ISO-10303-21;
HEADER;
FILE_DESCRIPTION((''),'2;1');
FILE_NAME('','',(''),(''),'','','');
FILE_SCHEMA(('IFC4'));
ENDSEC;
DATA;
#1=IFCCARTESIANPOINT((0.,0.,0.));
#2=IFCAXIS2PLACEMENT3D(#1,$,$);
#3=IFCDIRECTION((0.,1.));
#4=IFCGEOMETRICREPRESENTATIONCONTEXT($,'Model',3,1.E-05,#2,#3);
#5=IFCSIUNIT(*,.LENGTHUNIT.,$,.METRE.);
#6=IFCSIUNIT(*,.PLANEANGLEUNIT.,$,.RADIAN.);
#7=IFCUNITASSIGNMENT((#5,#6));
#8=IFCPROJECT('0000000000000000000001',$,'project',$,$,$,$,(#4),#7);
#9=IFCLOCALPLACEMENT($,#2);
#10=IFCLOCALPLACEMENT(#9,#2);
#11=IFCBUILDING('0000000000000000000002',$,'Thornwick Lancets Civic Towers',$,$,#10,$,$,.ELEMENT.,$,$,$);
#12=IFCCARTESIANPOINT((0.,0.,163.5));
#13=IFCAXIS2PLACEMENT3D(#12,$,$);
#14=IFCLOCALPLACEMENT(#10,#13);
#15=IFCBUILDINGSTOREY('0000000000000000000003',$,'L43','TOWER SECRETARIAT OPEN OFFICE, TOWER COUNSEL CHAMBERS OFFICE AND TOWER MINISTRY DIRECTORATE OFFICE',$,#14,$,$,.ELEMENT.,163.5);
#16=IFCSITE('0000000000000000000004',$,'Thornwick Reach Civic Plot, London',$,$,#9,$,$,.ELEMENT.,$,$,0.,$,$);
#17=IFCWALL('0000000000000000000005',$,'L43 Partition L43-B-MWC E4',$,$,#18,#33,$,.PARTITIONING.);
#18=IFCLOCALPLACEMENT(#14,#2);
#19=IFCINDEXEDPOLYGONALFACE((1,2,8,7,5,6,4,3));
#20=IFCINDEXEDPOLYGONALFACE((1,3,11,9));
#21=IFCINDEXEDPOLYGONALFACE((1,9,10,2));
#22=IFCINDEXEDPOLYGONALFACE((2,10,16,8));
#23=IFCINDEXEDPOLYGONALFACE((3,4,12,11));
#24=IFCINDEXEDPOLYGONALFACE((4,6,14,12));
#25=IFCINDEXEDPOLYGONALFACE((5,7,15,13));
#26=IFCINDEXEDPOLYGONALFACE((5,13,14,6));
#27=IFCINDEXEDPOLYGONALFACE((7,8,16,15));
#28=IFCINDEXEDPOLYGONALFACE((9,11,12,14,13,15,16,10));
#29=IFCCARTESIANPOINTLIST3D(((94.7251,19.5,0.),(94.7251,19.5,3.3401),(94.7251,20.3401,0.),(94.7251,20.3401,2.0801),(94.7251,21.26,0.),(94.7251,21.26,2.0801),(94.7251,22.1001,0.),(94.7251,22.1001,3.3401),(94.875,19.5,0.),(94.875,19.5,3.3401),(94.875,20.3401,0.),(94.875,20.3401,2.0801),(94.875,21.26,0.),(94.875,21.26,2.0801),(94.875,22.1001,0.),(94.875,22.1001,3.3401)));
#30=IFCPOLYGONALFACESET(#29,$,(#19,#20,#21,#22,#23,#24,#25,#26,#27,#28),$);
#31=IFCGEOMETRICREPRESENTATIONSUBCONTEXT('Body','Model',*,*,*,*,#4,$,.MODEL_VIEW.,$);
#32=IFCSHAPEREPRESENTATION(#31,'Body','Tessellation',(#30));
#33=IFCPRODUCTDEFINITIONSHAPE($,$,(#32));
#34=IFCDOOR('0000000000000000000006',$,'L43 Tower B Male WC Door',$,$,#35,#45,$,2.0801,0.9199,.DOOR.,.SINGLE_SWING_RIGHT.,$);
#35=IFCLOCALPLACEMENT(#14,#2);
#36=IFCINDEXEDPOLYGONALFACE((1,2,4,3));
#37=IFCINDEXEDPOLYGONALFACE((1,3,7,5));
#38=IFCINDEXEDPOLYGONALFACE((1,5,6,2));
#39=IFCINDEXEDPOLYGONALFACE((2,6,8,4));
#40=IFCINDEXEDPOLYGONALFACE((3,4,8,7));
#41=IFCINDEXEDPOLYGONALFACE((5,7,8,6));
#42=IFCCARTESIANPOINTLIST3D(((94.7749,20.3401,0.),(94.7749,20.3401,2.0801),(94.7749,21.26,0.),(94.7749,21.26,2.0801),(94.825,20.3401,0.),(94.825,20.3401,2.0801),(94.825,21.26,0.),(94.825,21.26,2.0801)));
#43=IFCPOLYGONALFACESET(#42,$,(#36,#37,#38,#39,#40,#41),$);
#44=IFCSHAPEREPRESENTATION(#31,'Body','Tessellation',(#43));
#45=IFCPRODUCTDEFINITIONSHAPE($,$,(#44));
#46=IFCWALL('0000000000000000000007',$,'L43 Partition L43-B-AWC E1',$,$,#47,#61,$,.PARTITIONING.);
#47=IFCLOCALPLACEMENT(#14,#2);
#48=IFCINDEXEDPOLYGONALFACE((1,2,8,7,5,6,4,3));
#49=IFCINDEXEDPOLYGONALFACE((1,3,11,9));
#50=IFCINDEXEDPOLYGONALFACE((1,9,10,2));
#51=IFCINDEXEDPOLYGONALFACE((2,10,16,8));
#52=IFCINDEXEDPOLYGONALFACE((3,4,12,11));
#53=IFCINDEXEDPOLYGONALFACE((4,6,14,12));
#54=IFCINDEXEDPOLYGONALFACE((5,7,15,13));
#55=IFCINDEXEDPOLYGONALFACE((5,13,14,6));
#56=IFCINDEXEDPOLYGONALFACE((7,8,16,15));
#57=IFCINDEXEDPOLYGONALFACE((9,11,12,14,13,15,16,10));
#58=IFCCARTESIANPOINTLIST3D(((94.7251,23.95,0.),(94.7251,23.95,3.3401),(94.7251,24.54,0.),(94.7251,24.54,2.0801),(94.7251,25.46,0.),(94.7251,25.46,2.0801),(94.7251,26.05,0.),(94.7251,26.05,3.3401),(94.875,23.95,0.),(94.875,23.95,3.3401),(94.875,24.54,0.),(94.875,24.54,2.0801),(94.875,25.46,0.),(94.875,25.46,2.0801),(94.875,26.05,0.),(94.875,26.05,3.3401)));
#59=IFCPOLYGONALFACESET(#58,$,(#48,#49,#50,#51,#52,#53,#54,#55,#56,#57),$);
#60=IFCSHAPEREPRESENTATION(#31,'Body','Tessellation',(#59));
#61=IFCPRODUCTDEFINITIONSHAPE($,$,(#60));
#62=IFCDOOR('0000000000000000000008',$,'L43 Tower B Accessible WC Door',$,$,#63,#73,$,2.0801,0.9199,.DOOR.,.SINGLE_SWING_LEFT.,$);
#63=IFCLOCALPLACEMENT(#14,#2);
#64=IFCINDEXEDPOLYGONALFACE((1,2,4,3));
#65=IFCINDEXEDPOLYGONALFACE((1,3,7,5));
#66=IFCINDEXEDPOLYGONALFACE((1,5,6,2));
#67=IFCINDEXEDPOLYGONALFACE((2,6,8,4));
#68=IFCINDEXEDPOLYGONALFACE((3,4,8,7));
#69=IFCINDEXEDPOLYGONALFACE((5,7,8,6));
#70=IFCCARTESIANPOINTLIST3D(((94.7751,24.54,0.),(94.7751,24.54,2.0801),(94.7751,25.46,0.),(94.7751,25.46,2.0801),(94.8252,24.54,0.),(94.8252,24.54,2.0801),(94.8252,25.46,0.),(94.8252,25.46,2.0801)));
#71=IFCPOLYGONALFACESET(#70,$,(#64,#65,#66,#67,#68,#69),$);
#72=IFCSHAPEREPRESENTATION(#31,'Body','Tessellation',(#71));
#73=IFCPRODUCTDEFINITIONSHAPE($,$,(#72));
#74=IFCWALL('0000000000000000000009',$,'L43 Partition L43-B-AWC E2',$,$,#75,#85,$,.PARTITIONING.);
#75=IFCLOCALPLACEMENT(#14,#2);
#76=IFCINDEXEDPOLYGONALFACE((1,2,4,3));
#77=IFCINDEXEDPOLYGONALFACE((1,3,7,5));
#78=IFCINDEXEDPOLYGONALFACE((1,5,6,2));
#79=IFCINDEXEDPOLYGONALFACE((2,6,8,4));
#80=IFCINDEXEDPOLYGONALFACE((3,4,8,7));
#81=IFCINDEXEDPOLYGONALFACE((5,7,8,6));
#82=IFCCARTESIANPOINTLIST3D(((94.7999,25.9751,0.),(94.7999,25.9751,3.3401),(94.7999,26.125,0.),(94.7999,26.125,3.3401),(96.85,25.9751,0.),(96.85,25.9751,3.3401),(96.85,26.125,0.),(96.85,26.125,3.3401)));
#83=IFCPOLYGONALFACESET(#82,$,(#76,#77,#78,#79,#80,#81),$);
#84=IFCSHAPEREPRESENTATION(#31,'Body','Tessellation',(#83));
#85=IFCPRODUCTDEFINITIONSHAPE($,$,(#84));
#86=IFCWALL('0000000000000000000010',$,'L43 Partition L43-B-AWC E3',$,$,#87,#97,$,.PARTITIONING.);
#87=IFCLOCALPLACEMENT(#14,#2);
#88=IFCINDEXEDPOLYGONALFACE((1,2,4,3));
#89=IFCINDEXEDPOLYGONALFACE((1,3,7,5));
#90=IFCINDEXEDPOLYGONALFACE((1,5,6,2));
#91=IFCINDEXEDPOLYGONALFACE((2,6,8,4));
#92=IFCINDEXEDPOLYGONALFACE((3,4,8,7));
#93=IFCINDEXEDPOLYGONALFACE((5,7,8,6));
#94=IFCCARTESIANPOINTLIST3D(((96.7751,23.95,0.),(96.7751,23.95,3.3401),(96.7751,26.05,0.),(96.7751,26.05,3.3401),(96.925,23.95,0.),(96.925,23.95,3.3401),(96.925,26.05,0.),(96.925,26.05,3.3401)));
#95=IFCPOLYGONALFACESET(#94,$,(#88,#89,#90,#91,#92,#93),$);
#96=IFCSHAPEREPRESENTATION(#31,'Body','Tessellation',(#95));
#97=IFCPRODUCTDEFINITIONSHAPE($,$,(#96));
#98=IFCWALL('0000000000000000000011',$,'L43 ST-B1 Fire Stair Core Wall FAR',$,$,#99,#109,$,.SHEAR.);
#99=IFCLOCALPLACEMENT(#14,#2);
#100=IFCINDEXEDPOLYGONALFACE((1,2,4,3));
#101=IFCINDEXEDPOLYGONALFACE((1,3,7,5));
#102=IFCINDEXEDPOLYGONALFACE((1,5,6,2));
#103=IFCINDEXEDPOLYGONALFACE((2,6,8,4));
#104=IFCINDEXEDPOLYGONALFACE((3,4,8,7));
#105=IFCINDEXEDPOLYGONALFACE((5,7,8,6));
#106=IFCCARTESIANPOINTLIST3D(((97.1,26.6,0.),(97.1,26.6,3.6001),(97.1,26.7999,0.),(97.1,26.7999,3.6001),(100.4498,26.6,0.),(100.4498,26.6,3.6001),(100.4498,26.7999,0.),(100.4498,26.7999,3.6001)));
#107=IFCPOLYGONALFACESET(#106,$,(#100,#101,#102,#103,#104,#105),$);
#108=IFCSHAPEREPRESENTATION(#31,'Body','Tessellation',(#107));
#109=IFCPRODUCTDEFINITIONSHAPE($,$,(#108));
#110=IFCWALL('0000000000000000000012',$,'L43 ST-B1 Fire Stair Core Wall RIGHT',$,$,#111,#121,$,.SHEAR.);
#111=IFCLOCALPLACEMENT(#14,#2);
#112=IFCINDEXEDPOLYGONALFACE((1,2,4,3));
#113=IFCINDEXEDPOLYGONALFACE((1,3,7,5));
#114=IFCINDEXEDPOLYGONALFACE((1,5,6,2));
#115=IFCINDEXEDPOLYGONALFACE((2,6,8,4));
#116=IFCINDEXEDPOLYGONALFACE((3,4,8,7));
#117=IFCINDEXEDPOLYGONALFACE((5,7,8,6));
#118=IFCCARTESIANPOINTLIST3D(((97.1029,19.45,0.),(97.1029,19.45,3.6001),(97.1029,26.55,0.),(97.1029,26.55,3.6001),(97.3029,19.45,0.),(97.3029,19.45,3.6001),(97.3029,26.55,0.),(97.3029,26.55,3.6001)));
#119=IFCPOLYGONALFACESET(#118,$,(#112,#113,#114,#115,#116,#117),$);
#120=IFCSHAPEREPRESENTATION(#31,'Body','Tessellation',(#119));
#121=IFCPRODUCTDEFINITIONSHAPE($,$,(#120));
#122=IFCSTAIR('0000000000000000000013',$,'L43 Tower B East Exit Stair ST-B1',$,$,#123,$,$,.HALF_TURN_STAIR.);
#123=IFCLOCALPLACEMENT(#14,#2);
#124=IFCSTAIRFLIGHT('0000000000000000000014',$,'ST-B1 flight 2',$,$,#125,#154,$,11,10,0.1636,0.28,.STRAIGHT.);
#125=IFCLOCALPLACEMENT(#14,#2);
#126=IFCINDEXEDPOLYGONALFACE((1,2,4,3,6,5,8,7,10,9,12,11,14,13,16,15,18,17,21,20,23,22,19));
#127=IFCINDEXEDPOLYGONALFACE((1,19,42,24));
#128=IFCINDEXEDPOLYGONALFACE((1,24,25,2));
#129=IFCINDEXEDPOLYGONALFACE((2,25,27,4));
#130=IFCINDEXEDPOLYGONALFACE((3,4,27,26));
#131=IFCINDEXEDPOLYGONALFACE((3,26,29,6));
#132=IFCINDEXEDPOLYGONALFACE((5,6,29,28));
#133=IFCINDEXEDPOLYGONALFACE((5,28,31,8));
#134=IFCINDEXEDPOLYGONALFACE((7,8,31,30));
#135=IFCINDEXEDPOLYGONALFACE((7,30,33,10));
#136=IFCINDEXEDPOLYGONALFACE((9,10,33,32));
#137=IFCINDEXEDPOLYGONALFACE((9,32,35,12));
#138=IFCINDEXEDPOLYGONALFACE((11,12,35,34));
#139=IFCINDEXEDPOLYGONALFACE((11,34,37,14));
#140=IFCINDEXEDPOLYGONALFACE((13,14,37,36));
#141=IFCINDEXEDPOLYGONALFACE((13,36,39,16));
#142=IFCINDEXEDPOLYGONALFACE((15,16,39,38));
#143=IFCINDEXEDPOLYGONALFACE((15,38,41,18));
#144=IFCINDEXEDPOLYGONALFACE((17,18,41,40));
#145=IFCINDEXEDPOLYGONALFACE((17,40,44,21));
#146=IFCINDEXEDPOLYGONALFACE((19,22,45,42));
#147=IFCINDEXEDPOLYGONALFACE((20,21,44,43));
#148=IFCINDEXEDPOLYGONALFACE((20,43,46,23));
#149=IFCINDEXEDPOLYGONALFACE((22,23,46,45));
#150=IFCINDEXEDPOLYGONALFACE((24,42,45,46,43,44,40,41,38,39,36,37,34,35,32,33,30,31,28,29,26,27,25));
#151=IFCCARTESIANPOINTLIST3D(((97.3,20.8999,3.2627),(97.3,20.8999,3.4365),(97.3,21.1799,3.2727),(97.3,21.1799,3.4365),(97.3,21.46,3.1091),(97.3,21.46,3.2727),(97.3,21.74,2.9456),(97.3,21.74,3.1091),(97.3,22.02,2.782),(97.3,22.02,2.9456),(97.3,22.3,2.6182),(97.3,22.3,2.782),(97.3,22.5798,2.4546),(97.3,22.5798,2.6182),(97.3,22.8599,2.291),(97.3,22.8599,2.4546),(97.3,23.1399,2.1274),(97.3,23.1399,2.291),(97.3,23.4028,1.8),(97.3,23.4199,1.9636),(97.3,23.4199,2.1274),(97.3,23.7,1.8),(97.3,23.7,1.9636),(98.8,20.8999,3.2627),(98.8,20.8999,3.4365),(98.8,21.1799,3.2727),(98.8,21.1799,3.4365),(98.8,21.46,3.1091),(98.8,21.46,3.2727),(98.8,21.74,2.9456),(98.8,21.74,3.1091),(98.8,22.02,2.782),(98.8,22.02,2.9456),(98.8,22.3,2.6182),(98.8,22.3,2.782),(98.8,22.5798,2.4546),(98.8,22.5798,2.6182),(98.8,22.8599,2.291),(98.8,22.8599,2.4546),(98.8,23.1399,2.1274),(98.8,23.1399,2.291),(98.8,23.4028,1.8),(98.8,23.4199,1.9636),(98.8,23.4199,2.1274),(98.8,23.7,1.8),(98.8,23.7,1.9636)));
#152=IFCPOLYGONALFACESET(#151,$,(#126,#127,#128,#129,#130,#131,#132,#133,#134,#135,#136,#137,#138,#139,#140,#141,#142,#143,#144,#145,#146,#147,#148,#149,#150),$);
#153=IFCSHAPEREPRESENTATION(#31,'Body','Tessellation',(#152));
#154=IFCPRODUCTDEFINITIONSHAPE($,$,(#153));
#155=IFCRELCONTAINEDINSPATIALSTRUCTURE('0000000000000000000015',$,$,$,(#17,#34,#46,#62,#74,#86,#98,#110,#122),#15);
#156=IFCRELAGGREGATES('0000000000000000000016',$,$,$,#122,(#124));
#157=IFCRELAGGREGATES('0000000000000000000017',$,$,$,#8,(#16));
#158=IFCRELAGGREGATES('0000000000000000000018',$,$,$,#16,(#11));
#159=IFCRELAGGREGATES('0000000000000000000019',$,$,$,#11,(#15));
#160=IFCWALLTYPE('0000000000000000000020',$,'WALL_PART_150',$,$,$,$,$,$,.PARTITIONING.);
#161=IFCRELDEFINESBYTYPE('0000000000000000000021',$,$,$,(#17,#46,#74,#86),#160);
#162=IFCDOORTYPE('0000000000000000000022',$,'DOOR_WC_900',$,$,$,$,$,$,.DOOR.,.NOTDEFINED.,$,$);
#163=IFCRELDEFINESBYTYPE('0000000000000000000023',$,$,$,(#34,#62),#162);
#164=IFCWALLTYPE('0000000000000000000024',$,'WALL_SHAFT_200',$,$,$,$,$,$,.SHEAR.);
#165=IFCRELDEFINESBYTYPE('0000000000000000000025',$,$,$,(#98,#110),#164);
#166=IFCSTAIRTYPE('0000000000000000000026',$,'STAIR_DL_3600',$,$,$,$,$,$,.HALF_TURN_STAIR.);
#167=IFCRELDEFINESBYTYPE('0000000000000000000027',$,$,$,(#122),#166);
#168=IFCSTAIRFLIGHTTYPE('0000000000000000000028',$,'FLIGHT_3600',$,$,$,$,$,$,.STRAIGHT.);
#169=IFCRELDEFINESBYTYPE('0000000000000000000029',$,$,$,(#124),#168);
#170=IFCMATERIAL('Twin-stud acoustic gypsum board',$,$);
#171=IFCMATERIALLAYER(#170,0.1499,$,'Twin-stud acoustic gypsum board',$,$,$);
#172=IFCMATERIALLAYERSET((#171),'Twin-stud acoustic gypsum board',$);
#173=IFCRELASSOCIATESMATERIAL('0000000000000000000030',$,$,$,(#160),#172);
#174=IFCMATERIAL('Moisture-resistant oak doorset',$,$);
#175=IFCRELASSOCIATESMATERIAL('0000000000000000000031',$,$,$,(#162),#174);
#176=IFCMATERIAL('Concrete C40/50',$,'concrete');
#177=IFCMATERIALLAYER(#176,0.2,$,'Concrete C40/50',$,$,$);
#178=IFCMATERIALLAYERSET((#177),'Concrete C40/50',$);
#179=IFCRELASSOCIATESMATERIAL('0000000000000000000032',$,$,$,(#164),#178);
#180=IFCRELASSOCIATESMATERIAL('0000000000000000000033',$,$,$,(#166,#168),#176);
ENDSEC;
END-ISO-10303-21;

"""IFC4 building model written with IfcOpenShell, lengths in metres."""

from ifc_helpers import new_model, si_unit, direction, frame, frame_2d, origin, place, context, subcontext, project, spatial, polyline, rectangle, outline, extrude, material, layer, layer_set, type_object, element, fill, aggregate, save


model = new_model("IFC4")

# Units and contexts
model_context = context("Model", 3, precision=1e-05, world=origin(), true_north=direction((0.0, 1.0)))
body_context = subcontext(model_context, "Body", "Model", "MODEL_VIEW")
ifc_project = project(units=[si_unit("LENGTHUNIT", "METRE"), si_unit("PLANEANGLEUNIT", "RADIAN")], contexts=[model_context])

# Site, building, storey
site_placement = place(None, origin())
site = spatial("IfcSite", under=ifc_project, at=site_placement, Name="Thornwick Reach Civic Plot, London", CompositionType="ELEMENT", RefElevation=0.0)
building_placement = place(site_placement, origin())
building = spatial("IfcBuilding", under=site, at=building_placement, Name="Thornwick Lancets Civic Towers", CompositionType="ELEMENT")
storey_placement = place(building_placement, frame((0.0, 0.0, 163.5)))
storey = spatial("IfcBuildingStorey", under=building, at=storey_placement, Name="L43", Description="TOWER SECRETARIAT OPEN OFFICE, TOWER COUNSEL CHAMBERS OFFICE AND TOWER MINISTRY DIRECTORATE OFFICE", CompositionType="ELEMENT", Elevation=163.5)

# Shared definitions
ifc_material_1 = material(Name="Twin-stud acoustic gypsum board")
ifc_layer_1 = layer(ifc_material_1, 0.1499, Name="Twin-stud acoustic gypsum board")
ifc_layer_set_1 = layer_set([ifc_layer_1], Name="Twin-stud acoustic gypsum board")
wall_type_1 = type_object("IfcWallType", Name="WALL_PART_150", PredefinedType="PARTITIONING", material=ifc_layer_set_1)

# Walls, openings, doors
wall_1_placement = place(storey_placement, frame((94.8, 22.1001, 0.0), z_axis=(0.0, 0.0, 1.0), x_axis=(0.0, -1.0, 0.0)))
wall_1 = element("IfcWall", 1, at=wall_1_placement, inside=storey, type_object=wall_type_1, Name="L43 Partition L43-B-MWC E4", PredefinedType="PARTITIONING", context=body_context, shape_type="SweptSolid", body=[
    extrude(rectangle(XDim=2.6001, YDim=0.1499, at=frame_2d((1.3, 0.0))), origin(), (0.0, 0.0, 1.0), 3.3401),
])
opening_1_placement = place(wall_1_placement, frame((0.8401, 0.0, 0.0)))
opening_1 = element("IfcOpeningElement", 2, at=opening_1_placement, cuts=wall_1, PredefinedType="OPENING", context=body_context, shape_type="SweptSolid", body=[
    extrude(rectangle(XDim=0.9199, YDim=2.0801, at=frame_2d((0.46, 1.04))), frame((0.0, 0.085, 0.0), z_axis=(0.0, -1.0, 0.0), x_axis=(1.0, 0.0, 0.0)), (0.0, 0.0, 1.0), 0.1699),
])
ifc_material_2 = material(Name="Moisture-resistant oak doorset")
door_type_1 = type_object("IfcDoorType", Name="DOOR_WC_900", OperationType="NOTDEFINED", PredefinedType="DOOR", material=ifc_material_2)
door_1_placement = place(opening_1_placement, origin())
door_1 = element("IfcDoor", 3, at=door_1_placement, inside=storey, type_object=door_type_1, Name="L43 Tower B Male WC Door", OperationType="SINGLE_SWING_RIGHT", OverallHeight=2.0801, OverallWidth=0.9199, PredefinedType="DOOR", context=body_context, shape_type="SweptSolid", body=[
    extrude(rectangle(XDim=0.9199, YDim=2.0801, at=frame_2d((0.46, 1.04))), frame((0.0, 0.0249, 0.0), z_axis=(0.0, -1.0, 0.0), x_axis=(1.0, 0.0, 0.0)), (0.0, 0.0, 1.0), 0.05),
])
fill(opening_1, door_1)
wall_2_placement = place(storey_placement, frame((94.8, 23.95, 0.0), z_axis=(0.0, 0.0, 1.0), x_axis=(0.0, 1.0, 0.0)))
wall_2 = element("IfcWall", 4, at=wall_2_placement, inside=storey, type_object=wall_type_1, Name="L43 Partition L43-B-AWC E1", PredefinedType="PARTITIONING", context=body_context, shape_type="SweptSolid", body=[
    extrude(rectangle(XDim=2.1001, YDim=0.1499, at=frame_2d((1.05, 0.0))), origin(), (0.0, 0.0, 1.0), 3.3401),
])
opening_2_placement = place(wall_2_placement, frame((0.5901, 0.0, 0.0)))
opening_2 = element("IfcOpeningElement", 5, at=opening_2_placement, cuts=wall_2, PredefinedType="OPENING", context=body_context, shape_type="SweptSolid", body=[
    extrude(rectangle(XDim=0.9199, YDim=2.0801, at=frame_2d((0.46, 1.04))), frame((0.0, 0.085, 0.0), z_axis=(0.0, -1.0, 0.0), x_axis=(1.0, 0.0, 0.0)), (0.0, 0.0, 1.0), 0.1699),
])
door_2_placement = place(opening_2_placement, origin())
door_2 = element("IfcDoor", 6, at=door_2_placement, inside=storey, type_object=door_type_1, Name="L43 Tower B Accessible WC Door", OperationType="SINGLE_SWING_LEFT", OverallHeight=2.0801, OverallWidth=0.9199, PredefinedType="DOOR", context=body_context, shape_type="SweptSolid", body=[
    extrude(rectangle(XDim=0.9199, YDim=2.0801, at=frame_2d((0.46, 1.04))), frame((0.0, 0.0249, 0.0), z_axis=(0.0, -1.0, 0.0), x_axis=(1.0, 0.0, 0.0)), (0.0, 0.0, 1.0), 0.05),
])
fill(opening_2, door_2)

# Walls
wall_3_placement = place(storey_placement, frame((94.8, 26.05, 0.0), z_axis=(0.0, 0.0, 1.0), x_axis=(1.0, 0.0, 0.0)))
element("IfcWall", 7, at=wall_3_placement, inside=storey, type_object=wall_type_1, Name="L43 Partition L43-B-AWC E2", PredefinedType="PARTITIONING", context=body_context, shape_type="SweptSolid", body=[
    extrude(rectangle(XDim=2.05, YDim=0.1499, at=frame_2d((1.0249, 0.0))), origin(), (0.0, 0.0, 1.0), 3.3401),
])
wall_4_placement = place(storey_placement, frame((96.8501, 26.05, 0.0), z_axis=(0.0, 0.0, 1.0), x_axis=(0.0, -1.0, 0.0)))
element("IfcWall", 8, at=wall_4_placement, inside=storey, type_object=wall_type_1, Name="L43 Partition L43-B-AWC E3", PredefinedType="PARTITIONING", context=body_context, shape_type="SweptSolid", body=[
    extrude(rectangle(XDim=2.1001, YDim=0.1499, at=frame_2d((1.05, 0.0))), origin(), (0.0, 0.0, 1.0), 3.3401),
])
ifc_material_3 = material(Name="Concrete C40/50", Category="concrete")
ifc_layer_2 = layer(ifc_material_3, 0.2, Name="Concrete C40/50")
ifc_layer_set_2 = layer_set([ifc_layer_2], Name="Concrete C40/50")
wall_type_2 = type_object("IfcWallType", Name="WALL_SHAFT_200", PredefinedType="SHEAR", material=ifc_layer_set_2)
wall_5_placement = place(storey_placement, frame((97.1001, 26.7, 0.0), z_axis=(0.0, 0.0, 1.0), x_axis=(1.0, 0.0, 0.0)))
element("IfcWall", 9, at=wall_5_placement, inside=storey, type_object=wall_type_2, Name="L43 ST-B1 Fire Stair Core Wall FAR", PredefinedType="SHEAR", context=body_context, shape_type="SweptSolid", body=[
    extrude(rectangle(XDim=3.3499, YDim=0.2, at=frame_2d((1.6748, 0.0))), origin(), (0.0, 0.0, 1.0), 3.6001),
])
wall_6_placement = place(storey_placement, frame((97.2029, 26.55, 0.0), z_axis=(0.0, 0.0, 1.0), x_axis=(0.0, -1.0, 0.0)))
element("IfcWall", 10, at=wall_6_placement, inside=storey, type_object=wall_type_2, Name="L43 ST-B1 Fire Stair Core Wall RIGHT", PredefinedType="SHEAR", context=body_context, shape_type="SweptSolid", body=[
    extrude(rectangle(XDim=7.1001, YDim=0.2, at=frame_2d((3.55, 0.0))), origin(), (0.0, 0.0, 1.0), 3.6001),
])

# Stair, stair flight
stair_type = type_object("IfcStairType", Name="STAIR_DL_3600", PredefinedType="HALF_TURN_STAIR", material=ifc_material_3)
stair_placement = place(storey_placement, origin())
stair = element("IfcStair", 11, at=stair_placement, inside=storey, type_object=stair_type, Name="L43 Tower B East Exit Stair ST-B1", PredefinedType="HALF_TURN_STAIR")
stair_flight_type = type_object("IfcStairFlightType", Name="FLIGHT_3600", PredefinedType="STRAIGHT", material=ifc_material_3)
stair_flight_placement = place(storey_placement, frame((98.05, 23.7, 1.8), z_axis=(0.0, 0.0, 1.0), x_axis=(0.0, -1.0, 0.0)))
stair_flight = element("IfcStairFlight", 12, at=stair_flight_placement, type_object=stair_flight_type, Name="ST-B1 flight 2", NumberOfRisers=11, NumberOfTreads=10, PredefinedType="STRAIGHT", RiserHeight=0.1636, TreadLength=0.28, context=body_context, shape_type="SweptSolid", body=[
    extrude(outline(polyline([(0.0, 0.0), (0.0, 0.1636), (0.28, 0.1636), (0.28, 0.3274), (0.5601, 0.3274), (0.5601, 0.491), (0.8401, 0.491), (0.8401, 0.6545), (1.1201, 0.6545), (1.1201, 0.8181), (1.3999, 0.8181), (1.3999, 0.9819), (1.6799, 0.9819), (1.6799, 1.1455), (1.96, 1.1455), (1.96, 1.3091), (2.24, 1.3091), (2.24, 1.4727), (2.52, 1.4727), (2.52, 1.6365), (2.8, 1.6365), (2.8, 1.8), (2.8, 1.4626), (0.2971, 0.0), (0.0, 0.0)])), frame((0.0, 0.75, 0.0), z_axis=(0.0, -1.0, 0.0), x_axis=(1.0, 0.0, 0.0)), (0.0, 0.0, 1.0), 1.5),
])
aggregate(stair, [stair_flight])

save(model, "model.ifc")
